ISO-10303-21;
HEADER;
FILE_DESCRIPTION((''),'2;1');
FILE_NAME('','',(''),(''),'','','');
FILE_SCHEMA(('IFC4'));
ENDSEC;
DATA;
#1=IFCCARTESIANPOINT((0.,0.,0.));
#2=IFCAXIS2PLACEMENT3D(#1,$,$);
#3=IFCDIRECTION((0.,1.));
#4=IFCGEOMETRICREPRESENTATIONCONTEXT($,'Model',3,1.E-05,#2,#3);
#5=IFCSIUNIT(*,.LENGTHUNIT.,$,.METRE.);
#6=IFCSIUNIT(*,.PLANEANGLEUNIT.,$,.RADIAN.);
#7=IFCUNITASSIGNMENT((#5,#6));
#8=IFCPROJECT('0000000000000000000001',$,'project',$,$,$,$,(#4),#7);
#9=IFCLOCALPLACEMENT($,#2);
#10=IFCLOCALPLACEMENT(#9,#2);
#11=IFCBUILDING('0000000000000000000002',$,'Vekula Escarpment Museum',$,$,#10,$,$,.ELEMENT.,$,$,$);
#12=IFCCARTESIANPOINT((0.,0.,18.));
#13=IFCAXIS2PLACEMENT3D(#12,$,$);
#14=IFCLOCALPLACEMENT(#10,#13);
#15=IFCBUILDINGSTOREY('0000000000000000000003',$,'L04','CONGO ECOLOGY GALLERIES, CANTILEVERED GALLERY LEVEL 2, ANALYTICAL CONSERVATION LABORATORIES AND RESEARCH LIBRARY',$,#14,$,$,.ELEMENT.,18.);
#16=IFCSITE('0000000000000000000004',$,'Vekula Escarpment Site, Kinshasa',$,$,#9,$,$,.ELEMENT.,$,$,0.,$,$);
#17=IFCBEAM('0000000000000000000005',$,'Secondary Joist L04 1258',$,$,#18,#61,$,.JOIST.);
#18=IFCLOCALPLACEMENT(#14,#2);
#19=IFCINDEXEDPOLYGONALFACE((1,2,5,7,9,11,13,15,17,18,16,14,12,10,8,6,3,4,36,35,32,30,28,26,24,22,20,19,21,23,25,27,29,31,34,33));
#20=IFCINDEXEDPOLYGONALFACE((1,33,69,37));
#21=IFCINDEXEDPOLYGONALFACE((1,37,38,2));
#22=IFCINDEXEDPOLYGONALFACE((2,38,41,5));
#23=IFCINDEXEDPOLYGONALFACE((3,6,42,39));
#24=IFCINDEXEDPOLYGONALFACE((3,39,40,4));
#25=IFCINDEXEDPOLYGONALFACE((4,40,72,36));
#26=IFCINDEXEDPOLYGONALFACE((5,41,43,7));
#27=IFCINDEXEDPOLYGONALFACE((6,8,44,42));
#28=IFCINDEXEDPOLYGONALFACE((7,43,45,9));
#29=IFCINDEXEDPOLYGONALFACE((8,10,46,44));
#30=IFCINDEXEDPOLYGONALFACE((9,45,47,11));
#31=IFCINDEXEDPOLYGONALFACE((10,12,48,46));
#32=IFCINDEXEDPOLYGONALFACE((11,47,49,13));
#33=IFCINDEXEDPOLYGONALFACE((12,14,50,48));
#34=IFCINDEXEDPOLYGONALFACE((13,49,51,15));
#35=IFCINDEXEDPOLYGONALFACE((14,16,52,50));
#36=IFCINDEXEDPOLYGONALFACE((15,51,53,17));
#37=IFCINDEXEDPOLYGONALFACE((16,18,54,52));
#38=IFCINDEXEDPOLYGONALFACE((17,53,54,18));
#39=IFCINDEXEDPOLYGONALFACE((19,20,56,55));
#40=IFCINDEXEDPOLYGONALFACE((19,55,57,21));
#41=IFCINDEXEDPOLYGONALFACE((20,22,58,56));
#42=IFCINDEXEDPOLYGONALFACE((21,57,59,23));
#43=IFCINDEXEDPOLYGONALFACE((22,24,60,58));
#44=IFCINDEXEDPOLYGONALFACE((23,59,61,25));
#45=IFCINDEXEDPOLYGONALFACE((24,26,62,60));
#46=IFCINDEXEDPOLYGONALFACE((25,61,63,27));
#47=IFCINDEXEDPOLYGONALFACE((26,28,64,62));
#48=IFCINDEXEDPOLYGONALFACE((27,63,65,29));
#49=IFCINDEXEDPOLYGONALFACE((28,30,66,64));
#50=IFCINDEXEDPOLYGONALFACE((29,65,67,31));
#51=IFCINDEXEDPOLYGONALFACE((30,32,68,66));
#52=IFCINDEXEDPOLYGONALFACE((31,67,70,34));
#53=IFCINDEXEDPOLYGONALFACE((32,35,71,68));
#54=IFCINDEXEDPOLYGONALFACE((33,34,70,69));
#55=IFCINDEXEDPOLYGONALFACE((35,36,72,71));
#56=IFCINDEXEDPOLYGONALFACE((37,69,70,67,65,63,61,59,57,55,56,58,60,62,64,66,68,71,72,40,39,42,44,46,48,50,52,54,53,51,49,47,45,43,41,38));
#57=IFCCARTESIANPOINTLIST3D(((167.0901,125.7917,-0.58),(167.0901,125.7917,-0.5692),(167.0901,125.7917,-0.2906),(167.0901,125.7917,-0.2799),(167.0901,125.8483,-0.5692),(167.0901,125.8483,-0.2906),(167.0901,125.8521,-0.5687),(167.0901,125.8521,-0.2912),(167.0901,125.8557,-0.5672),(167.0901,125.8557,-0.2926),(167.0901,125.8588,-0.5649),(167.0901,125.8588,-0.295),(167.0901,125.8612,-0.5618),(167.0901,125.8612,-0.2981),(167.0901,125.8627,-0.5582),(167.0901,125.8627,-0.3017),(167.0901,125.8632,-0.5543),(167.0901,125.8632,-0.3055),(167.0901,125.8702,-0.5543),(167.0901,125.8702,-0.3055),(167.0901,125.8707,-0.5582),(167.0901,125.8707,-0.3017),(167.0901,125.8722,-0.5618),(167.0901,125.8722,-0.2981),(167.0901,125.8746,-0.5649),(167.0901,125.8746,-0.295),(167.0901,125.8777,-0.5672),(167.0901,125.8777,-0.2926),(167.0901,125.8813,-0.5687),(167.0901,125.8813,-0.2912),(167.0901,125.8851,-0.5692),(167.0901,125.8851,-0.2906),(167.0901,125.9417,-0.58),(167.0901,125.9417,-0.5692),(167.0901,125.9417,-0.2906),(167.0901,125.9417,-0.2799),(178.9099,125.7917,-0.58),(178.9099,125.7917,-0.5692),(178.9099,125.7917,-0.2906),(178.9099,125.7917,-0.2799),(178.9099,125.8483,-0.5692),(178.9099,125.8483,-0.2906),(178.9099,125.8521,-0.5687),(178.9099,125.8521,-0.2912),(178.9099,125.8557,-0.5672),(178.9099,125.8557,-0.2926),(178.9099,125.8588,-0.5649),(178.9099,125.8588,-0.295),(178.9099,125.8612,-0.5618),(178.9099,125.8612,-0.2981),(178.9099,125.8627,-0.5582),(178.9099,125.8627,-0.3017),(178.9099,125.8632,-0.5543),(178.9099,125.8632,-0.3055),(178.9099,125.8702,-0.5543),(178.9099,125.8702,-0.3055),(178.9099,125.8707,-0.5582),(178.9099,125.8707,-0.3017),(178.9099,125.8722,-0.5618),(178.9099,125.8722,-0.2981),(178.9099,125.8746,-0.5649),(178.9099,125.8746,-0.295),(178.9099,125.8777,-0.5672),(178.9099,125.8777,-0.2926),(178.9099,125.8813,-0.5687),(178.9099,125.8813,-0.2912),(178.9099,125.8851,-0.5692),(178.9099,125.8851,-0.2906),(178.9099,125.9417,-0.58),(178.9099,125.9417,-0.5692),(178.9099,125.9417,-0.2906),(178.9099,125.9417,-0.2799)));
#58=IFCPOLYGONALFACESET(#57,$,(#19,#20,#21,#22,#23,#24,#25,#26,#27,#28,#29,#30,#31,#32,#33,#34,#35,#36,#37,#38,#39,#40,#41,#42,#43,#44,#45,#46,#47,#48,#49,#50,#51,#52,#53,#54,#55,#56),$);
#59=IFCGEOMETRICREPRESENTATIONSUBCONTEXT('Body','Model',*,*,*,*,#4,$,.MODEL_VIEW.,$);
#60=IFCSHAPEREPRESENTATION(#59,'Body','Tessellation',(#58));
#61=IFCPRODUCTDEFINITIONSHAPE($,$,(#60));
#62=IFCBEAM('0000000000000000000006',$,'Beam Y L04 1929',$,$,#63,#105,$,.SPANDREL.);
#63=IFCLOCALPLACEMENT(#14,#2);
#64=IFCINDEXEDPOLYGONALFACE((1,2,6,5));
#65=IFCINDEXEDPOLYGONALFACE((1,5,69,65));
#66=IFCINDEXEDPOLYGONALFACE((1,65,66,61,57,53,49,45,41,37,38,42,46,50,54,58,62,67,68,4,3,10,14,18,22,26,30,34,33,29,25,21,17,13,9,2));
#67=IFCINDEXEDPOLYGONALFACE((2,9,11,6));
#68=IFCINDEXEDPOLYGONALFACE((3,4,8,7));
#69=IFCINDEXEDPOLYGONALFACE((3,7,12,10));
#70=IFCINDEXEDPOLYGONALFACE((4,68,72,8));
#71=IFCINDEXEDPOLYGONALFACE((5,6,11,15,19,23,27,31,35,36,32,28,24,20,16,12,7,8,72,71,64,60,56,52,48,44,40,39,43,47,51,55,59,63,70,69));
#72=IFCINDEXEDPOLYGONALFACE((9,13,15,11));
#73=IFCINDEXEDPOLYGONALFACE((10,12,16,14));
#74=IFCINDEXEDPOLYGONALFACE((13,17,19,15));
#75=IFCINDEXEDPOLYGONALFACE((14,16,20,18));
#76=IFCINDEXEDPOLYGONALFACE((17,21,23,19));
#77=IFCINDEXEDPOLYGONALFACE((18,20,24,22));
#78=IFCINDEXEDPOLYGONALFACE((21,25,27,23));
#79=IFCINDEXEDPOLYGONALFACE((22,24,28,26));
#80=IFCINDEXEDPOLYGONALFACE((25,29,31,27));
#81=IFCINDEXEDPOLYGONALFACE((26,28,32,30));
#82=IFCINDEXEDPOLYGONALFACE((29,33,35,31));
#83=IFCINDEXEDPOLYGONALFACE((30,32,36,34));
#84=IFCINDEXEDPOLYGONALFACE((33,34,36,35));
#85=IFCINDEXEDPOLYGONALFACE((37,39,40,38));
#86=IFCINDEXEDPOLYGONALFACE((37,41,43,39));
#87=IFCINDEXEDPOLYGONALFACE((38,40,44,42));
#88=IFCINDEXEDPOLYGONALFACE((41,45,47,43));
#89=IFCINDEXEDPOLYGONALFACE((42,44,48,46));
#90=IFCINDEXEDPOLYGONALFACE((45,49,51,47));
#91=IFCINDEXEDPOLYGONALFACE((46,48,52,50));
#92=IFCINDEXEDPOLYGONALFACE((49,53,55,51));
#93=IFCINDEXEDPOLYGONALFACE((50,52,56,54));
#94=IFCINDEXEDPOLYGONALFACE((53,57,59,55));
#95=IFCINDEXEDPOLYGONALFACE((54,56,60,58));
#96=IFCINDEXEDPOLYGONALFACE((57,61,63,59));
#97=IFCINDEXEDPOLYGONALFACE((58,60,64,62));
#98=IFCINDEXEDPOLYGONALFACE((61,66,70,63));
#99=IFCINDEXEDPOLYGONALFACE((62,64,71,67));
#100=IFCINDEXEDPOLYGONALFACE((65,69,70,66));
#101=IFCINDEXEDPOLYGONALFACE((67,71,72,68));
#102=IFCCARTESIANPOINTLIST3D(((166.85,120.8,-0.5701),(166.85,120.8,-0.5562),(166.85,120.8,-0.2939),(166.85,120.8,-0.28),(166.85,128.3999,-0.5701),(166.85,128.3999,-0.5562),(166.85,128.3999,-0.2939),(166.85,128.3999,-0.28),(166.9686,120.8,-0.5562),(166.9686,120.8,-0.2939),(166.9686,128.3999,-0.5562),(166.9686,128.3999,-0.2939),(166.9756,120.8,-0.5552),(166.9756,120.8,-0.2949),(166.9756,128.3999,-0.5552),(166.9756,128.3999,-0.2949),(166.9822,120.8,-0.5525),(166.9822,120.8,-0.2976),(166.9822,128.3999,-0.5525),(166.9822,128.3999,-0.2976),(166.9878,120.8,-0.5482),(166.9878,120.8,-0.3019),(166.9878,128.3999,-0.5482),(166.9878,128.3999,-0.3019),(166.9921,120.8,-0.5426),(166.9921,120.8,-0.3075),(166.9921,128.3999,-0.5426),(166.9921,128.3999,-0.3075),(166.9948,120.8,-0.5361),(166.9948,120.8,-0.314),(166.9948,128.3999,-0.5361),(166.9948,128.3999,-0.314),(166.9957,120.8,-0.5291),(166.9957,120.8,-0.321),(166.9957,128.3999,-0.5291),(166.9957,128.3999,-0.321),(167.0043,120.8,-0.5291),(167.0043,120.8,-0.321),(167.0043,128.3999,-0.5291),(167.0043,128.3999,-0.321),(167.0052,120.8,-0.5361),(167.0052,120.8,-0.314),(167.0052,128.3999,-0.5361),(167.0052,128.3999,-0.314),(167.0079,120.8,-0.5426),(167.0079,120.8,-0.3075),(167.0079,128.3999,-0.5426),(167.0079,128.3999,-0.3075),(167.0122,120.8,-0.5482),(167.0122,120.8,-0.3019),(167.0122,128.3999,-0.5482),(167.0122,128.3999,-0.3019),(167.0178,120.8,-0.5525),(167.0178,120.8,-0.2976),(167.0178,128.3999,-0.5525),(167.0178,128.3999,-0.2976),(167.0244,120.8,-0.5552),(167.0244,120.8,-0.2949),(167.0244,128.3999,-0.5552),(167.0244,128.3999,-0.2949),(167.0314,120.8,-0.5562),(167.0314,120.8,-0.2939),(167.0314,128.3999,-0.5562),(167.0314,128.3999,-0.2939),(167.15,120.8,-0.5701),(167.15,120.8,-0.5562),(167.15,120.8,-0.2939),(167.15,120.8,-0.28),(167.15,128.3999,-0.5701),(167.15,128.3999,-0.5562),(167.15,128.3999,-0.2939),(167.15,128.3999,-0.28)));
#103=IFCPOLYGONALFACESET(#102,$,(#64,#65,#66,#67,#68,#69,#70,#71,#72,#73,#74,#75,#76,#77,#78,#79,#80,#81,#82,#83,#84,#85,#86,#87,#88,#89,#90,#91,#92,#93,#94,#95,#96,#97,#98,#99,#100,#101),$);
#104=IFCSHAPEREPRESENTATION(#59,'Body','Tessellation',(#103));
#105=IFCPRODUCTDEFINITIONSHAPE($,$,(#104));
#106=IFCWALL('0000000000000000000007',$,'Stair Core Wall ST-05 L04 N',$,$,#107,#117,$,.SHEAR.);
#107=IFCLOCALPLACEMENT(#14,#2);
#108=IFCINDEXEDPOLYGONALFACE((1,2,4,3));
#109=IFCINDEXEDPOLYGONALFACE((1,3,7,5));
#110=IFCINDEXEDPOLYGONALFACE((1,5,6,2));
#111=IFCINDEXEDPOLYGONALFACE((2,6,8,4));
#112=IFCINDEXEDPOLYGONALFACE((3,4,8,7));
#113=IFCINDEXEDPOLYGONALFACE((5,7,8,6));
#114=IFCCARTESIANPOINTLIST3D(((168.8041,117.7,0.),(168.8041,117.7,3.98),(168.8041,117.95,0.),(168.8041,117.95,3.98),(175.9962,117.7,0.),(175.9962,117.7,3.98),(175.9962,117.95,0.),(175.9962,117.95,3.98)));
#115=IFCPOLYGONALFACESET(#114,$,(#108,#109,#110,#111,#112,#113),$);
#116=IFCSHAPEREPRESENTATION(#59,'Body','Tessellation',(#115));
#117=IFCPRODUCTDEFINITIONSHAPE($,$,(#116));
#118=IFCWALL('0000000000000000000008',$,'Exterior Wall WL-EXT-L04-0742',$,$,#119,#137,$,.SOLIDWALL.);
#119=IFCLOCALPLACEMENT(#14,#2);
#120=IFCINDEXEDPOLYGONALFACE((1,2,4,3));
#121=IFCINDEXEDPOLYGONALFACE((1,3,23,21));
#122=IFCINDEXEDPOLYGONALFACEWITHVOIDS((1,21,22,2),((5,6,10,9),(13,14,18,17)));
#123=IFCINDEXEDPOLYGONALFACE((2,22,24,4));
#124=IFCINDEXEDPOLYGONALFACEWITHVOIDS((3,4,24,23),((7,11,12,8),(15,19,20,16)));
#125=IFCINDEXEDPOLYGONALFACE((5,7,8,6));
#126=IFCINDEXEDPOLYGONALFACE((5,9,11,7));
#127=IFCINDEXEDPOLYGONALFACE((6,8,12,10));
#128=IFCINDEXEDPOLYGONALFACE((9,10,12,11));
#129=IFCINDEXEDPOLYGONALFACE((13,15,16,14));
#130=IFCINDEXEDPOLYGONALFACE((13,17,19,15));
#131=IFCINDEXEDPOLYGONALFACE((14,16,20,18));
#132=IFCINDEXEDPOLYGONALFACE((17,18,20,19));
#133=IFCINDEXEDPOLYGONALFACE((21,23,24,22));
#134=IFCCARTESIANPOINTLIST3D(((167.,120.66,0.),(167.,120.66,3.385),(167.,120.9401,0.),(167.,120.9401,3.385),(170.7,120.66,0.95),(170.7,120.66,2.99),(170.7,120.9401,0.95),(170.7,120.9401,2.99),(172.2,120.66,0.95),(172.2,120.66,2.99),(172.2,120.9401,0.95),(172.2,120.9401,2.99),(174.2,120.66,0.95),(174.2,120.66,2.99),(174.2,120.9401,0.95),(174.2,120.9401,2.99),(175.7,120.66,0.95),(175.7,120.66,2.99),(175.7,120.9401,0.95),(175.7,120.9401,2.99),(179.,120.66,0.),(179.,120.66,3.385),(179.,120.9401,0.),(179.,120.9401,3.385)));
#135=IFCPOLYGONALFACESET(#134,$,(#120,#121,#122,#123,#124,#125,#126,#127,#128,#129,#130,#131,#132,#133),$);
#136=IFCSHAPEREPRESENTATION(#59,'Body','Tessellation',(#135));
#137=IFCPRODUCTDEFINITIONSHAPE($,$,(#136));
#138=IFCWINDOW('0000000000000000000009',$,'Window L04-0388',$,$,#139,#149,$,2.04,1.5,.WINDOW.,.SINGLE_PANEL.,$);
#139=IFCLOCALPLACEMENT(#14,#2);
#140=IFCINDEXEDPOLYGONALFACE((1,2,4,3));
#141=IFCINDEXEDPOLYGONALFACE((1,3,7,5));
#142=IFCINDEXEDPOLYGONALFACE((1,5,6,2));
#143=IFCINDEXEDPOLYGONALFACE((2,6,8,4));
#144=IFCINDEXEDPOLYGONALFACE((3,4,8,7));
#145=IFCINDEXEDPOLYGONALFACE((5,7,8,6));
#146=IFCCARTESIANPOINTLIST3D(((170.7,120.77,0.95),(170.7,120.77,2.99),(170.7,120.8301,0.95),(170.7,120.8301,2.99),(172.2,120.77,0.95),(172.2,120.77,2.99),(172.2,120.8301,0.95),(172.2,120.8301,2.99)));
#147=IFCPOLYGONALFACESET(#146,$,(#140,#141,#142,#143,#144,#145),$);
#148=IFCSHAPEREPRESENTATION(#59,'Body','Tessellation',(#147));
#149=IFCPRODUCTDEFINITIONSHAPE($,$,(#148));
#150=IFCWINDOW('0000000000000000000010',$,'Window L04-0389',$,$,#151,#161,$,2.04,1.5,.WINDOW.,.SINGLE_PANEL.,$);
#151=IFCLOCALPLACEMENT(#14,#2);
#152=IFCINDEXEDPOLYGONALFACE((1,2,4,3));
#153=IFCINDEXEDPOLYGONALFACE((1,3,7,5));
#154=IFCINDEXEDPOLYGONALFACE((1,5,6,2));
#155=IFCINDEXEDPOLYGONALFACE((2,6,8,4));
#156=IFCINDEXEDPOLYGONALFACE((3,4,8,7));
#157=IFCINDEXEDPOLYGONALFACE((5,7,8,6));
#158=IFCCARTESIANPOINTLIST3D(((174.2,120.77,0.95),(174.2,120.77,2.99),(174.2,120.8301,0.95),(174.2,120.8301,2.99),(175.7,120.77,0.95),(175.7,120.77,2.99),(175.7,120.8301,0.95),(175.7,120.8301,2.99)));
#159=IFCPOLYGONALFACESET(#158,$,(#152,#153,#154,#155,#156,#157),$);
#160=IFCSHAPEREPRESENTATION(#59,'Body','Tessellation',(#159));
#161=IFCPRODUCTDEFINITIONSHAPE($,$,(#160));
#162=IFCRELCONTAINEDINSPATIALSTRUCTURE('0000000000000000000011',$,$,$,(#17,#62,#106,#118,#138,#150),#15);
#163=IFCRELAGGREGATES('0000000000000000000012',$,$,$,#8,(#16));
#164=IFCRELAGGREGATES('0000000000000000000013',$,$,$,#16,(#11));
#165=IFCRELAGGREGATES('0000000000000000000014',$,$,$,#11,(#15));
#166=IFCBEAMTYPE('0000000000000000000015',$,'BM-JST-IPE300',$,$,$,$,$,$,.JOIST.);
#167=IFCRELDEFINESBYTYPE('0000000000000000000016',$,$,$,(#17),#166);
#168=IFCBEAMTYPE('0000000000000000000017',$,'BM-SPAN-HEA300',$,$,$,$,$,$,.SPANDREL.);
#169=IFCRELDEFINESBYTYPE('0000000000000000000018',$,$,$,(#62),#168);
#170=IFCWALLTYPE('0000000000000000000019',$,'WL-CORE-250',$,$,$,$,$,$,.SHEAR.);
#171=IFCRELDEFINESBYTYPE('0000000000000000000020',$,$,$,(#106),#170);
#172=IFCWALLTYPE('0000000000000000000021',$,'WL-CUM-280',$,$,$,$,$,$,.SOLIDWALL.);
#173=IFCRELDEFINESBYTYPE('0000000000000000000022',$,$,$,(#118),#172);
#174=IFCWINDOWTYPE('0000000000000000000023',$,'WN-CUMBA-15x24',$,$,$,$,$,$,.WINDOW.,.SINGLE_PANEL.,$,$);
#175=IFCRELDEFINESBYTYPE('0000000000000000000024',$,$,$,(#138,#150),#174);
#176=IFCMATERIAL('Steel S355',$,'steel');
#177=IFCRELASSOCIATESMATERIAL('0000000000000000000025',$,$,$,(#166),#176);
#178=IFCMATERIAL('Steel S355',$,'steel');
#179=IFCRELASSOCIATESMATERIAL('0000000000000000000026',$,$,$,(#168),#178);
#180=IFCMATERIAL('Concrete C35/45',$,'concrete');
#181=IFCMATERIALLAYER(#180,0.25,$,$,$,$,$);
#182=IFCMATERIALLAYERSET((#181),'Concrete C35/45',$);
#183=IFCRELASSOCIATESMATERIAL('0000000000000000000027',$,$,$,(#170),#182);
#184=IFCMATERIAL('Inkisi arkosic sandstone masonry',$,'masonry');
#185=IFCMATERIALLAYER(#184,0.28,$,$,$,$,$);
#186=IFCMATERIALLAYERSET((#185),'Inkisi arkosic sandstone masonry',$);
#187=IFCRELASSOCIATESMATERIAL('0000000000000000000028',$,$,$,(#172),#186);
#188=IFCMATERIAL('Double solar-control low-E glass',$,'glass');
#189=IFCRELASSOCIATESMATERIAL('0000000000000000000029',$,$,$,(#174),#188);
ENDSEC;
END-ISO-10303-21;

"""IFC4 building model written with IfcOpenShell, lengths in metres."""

from ifc_helpers import new_model, si_unit, direction, frame, frame_2d, origin, origin_2d, place, context, subcontext, project, spatial, rectangle, i_section, extrude, material, layer, layer_set, material_profile, profile_set, type_object, element, fill, save


model = new_model("IFC4")

# Units and contexts
model_context = context("Model", 3, precision=1e-05, world=origin(), true_north=direction((0.0, 1.0)))
body_context = subcontext(model_context, "Body", "Model", "MODEL_VIEW")
ifc_project = project(units=[si_unit("LENGTHUNIT", "METRE"), si_unit("PLANEANGLEUNIT", "RADIAN")], contexts=[model_context])

# Site, building, storey
site_placement = place(None, origin())
site = spatial("IfcSite", under=ifc_project, at=site_placement, Name="Vekula Escarpment Site, Kinshasa", CompositionType="ELEMENT", RefElevation=0.0)
building_placement = place(site_placement, origin())
building = spatial("IfcBuilding", under=site, at=building_placement, Name="Vekula Escarpment Museum", CompositionType="ELEMENT")
storey_placement = place(building_placement, frame((0.0, 0.0, 18.0)))
storey = spatial("IfcBuildingStorey", under=building, at=storey_placement, Name="L04", Description="CONGO ECOLOGY GALLERIES, CANTILEVERED GALLERY LEVEL 2, ANALYTICAL CONSERVATION LABORATORIES AND RESEARCH LIBRARY", CompositionType="ELEMENT", Elevation=18.0)

# Beams
ifc_material_1 = material(Name="Steel S355", Category="steel")
ifc_material_profile_1 = material_profile(ifc_material_1, i_section(OverallWidth=0.1499, OverallDepth=0.3, WebThickness=0.0071, FlangeThickness=0.0107, FilletRadius=0.0149, at=origin_2d()), Name="IPE 300")
ifc_profile_set_1 = profile_set([ifc_material_profile_1], Name="Steel S355")
beam_type_1 = type_object("IfcBeamType", Name="BM-JST-IPE300", PredefinedType="JOIST", material=ifc_profile_set_1)
for number, where, z_axis, x_axis, name in (
    (1, (167.0901, 125.8667, -0.4299), (1.0, 0.0, 0.0), (0.0, 1.0, 0.0), "Secondary Joist L04 1258"),
):
    element("IfcBeam", number, at=place(storey_placement, frame(where, z_axis=z_axis, x_axis=x_axis)), inside=storey, type_object=beam_type_1, Name=name, PredefinedType="JOIST", context=body_context, shape_type="SweptSolid", body=[
        extrude(i_section(OverallWidth=0.1499, OverallDepth=0.3, WebThickness=0.0071, FlangeThickness=0.0107, FilletRadius=0.0149, at=origin_2d()), origin(), (0.0, 0.0, 1.0), 11.8198),
    ])
ifc_material_2 = material(Name="Steel S355", Category="steel")
ifc_material_profile_2 = material_profile(ifc_material_2, i_section(OverallWidth=0.3, OverallDepth=0.29, WebThickness=0.0085, FlangeThickness=0.0139, FilletRadius=0.0271, at=origin_2d()), Name="HEA 300")
ifc_profile_set_2 = profile_set([ifc_material_profile_2], Name="Steel S355")
beam_type_2 = type_object("IfcBeamType", Name="BM-SPAN-HEA300", PredefinedType="SPANDREL", material=ifc_profile_set_2)
beam_placement = place(storey_placement, frame((167.0, 120.8, -0.425), z_axis=(0.0, 1.0, 0.0), x_axis=(-1.0, 0.0, 0.0)))
element("IfcBeam", 2, at=beam_placement, inside=storey, type_object=beam_type_2, Name="Beam Y L04 1929", PredefinedType="SPANDREL", context=body_context, shape_type="SweptSolid", body=[
    extrude(i_section(OverallWidth=0.3, OverallDepth=0.29, WebThickness=0.0085, FlangeThickness=0.0139, FilletRadius=0.0271, at=origin_2d()), origin(), (0.0, 0.0, 1.0), 7.5999),
])

# Wall
ifc_material_3 = material(Name="Concrete C35/45", Category="concrete")
ifc_layer_1 = layer(ifc_material_3, 0.25)
ifc_layer_set_1 = layer_set([ifc_layer_1], Name="Concrete C35/45")
wall_type_1 = type_object("IfcWallType", Name="WL-CORE-250", PredefinedType="SHEAR", material=ifc_layer_set_1)
wall_1_placement = place(storey_placement, frame((168.804, 117.825, 0.0), z_axis=(0.0, 0.0, 1.0), x_axis=(1.0, 0.0, 0.0)))
element("IfcWall", 3, at=wall_1_placement, inside=storey, type_object=wall_type_1, Name="Stair Core Wall ST-05 L04 N", PredefinedType="SHEAR", context=body_context, shape_type="SweptSolid", body=[
    extrude(rectangle(XDim=7.1921, YDim=0.25, at=frame_2d((3.5962, 0.0))), origin(), (0.0, 0.0, 1.0), 3.98),
])

# Wall, openings, windows
ifc_material_4 = material(Name="Inkisi arkosic sandstone masonry", Category="masonry")
ifc_layer_2 = layer(ifc_material_4, 0.28)
ifc_layer_set_2 = layer_set([ifc_layer_2], Name="Inkisi arkosic sandstone masonry")
wall_type_2 = type_object("IfcWallType", Name="WL-CUM-280", PredefinedType="SOLIDWALL", material=ifc_layer_set_2)
wall_2_placement = place(storey_placement, frame((167.0, 120.8, 0.0), z_axis=(0.0, 0.0, 1.0), x_axis=(1.0, 0.0, 0.0)))
wall_2 = element("IfcWall", 4, at=wall_2_placement, inside=storey, type_object=wall_type_2, Name="Exterior Wall WL-EXT-L04-0742", PredefinedType="SOLIDWALL", context=body_context, shape_type="SweptSolid", body=[
    extrude(rectangle(XDim=12.0, YDim=0.28, at=frame_2d((6.0, 0.0))), origin(), (0.0, 0.0, 1.0), 3.385),
])
opening_1_placement = place(wall_2_placement, frame((3.7, 0.0, 0.95)))
opening_1 = element("IfcOpeningElement", 5, at=opening_1_placement, cuts=wall_2, PredefinedType="OPENING", context=body_context, shape_type="SweptSolid", body=[
    extrude(rectangle(XDim=1.5, YDim=2.04, at=frame_2d((0.75, 1.02))), frame((0.0, 0.1499, 0.0), z_axis=(0.0, -1.0, 0.0), x_axis=(1.0, 0.0, 0.0)), (0.0, 0.0, 1.0), 0.3),
])
opening_2_placement = place(wall_2_placement, frame((7.2, 0.0, 0.95)))
opening_2 = element("IfcOpeningElement", 6, at=opening_2_placement, cuts=wall_2, PredefinedType="OPENING", context=body_context, shape_type="SweptSolid", body=[
    extrude(rectangle(XDim=1.5, YDim=2.04, at=frame_2d((0.75, 1.02))), frame((0.0, 0.1499, 0.0), z_axis=(0.0, -1.0, 0.0), x_axis=(1.0, 0.0, 0.0)), (0.0, 0.0, 1.0), 0.3),
])
ifc_material_5 = material(Name="Double solar-control low-E glass", Category="glass")
window_type = type_object("IfcWindowType", Name="WN-CUMBA-15x24", PartitioningType="SINGLE_PANEL", PredefinedType="WINDOW", material=ifc_material_5)
window_1_placement = place(opening_1_placement, origin())
window_1 = element("IfcWindow", 7, at=window_1_placement, inside=storey, type_object=window_type, Name="Window L04-0388", OverallHeight=2.04, OverallWidth=1.5, PartitioningType="SINGLE_PANEL", PredefinedType="WINDOW", context=body_context, shape_type="SweptSolid", body=[
    extrude(rectangle(XDim=1.5, YDim=2.04, at=frame_2d((0.75, 1.02))), frame((0.0, 0.03, 0.0), z_axis=(0.0, -1.0, 0.0), x_axis=(1.0, 0.0, 0.0)), (0.0, 0.0, 1.0), 0.0601),
])
fill(opening_1, window_1)
window_2_placement = place(opening_2_placement, origin())
window_2 = element("IfcWindow", 8, at=window_2_placement, inside=storey, type_object=window_type, Name="Window L04-0389", OverallHeight=2.04, OverallWidth=1.5, PartitioningType="SINGLE_PANEL", PredefinedType="WINDOW", context=body_context, shape_type="SweptSolid", body=[
    extrude(rectangle(XDim=1.5, YDim=2.04, at=frame_2d((0.75, 1.02))), frame((0.0, 0.03, 0.0), z_axis=(0.0, -1.0, 0.0), x_axis=(1.0, 0.0, 0.0)), (0.0, 0.0, 1.0), 0.0601),
])
fill(opening_2, window_2)

save(model, "model.ifc")
